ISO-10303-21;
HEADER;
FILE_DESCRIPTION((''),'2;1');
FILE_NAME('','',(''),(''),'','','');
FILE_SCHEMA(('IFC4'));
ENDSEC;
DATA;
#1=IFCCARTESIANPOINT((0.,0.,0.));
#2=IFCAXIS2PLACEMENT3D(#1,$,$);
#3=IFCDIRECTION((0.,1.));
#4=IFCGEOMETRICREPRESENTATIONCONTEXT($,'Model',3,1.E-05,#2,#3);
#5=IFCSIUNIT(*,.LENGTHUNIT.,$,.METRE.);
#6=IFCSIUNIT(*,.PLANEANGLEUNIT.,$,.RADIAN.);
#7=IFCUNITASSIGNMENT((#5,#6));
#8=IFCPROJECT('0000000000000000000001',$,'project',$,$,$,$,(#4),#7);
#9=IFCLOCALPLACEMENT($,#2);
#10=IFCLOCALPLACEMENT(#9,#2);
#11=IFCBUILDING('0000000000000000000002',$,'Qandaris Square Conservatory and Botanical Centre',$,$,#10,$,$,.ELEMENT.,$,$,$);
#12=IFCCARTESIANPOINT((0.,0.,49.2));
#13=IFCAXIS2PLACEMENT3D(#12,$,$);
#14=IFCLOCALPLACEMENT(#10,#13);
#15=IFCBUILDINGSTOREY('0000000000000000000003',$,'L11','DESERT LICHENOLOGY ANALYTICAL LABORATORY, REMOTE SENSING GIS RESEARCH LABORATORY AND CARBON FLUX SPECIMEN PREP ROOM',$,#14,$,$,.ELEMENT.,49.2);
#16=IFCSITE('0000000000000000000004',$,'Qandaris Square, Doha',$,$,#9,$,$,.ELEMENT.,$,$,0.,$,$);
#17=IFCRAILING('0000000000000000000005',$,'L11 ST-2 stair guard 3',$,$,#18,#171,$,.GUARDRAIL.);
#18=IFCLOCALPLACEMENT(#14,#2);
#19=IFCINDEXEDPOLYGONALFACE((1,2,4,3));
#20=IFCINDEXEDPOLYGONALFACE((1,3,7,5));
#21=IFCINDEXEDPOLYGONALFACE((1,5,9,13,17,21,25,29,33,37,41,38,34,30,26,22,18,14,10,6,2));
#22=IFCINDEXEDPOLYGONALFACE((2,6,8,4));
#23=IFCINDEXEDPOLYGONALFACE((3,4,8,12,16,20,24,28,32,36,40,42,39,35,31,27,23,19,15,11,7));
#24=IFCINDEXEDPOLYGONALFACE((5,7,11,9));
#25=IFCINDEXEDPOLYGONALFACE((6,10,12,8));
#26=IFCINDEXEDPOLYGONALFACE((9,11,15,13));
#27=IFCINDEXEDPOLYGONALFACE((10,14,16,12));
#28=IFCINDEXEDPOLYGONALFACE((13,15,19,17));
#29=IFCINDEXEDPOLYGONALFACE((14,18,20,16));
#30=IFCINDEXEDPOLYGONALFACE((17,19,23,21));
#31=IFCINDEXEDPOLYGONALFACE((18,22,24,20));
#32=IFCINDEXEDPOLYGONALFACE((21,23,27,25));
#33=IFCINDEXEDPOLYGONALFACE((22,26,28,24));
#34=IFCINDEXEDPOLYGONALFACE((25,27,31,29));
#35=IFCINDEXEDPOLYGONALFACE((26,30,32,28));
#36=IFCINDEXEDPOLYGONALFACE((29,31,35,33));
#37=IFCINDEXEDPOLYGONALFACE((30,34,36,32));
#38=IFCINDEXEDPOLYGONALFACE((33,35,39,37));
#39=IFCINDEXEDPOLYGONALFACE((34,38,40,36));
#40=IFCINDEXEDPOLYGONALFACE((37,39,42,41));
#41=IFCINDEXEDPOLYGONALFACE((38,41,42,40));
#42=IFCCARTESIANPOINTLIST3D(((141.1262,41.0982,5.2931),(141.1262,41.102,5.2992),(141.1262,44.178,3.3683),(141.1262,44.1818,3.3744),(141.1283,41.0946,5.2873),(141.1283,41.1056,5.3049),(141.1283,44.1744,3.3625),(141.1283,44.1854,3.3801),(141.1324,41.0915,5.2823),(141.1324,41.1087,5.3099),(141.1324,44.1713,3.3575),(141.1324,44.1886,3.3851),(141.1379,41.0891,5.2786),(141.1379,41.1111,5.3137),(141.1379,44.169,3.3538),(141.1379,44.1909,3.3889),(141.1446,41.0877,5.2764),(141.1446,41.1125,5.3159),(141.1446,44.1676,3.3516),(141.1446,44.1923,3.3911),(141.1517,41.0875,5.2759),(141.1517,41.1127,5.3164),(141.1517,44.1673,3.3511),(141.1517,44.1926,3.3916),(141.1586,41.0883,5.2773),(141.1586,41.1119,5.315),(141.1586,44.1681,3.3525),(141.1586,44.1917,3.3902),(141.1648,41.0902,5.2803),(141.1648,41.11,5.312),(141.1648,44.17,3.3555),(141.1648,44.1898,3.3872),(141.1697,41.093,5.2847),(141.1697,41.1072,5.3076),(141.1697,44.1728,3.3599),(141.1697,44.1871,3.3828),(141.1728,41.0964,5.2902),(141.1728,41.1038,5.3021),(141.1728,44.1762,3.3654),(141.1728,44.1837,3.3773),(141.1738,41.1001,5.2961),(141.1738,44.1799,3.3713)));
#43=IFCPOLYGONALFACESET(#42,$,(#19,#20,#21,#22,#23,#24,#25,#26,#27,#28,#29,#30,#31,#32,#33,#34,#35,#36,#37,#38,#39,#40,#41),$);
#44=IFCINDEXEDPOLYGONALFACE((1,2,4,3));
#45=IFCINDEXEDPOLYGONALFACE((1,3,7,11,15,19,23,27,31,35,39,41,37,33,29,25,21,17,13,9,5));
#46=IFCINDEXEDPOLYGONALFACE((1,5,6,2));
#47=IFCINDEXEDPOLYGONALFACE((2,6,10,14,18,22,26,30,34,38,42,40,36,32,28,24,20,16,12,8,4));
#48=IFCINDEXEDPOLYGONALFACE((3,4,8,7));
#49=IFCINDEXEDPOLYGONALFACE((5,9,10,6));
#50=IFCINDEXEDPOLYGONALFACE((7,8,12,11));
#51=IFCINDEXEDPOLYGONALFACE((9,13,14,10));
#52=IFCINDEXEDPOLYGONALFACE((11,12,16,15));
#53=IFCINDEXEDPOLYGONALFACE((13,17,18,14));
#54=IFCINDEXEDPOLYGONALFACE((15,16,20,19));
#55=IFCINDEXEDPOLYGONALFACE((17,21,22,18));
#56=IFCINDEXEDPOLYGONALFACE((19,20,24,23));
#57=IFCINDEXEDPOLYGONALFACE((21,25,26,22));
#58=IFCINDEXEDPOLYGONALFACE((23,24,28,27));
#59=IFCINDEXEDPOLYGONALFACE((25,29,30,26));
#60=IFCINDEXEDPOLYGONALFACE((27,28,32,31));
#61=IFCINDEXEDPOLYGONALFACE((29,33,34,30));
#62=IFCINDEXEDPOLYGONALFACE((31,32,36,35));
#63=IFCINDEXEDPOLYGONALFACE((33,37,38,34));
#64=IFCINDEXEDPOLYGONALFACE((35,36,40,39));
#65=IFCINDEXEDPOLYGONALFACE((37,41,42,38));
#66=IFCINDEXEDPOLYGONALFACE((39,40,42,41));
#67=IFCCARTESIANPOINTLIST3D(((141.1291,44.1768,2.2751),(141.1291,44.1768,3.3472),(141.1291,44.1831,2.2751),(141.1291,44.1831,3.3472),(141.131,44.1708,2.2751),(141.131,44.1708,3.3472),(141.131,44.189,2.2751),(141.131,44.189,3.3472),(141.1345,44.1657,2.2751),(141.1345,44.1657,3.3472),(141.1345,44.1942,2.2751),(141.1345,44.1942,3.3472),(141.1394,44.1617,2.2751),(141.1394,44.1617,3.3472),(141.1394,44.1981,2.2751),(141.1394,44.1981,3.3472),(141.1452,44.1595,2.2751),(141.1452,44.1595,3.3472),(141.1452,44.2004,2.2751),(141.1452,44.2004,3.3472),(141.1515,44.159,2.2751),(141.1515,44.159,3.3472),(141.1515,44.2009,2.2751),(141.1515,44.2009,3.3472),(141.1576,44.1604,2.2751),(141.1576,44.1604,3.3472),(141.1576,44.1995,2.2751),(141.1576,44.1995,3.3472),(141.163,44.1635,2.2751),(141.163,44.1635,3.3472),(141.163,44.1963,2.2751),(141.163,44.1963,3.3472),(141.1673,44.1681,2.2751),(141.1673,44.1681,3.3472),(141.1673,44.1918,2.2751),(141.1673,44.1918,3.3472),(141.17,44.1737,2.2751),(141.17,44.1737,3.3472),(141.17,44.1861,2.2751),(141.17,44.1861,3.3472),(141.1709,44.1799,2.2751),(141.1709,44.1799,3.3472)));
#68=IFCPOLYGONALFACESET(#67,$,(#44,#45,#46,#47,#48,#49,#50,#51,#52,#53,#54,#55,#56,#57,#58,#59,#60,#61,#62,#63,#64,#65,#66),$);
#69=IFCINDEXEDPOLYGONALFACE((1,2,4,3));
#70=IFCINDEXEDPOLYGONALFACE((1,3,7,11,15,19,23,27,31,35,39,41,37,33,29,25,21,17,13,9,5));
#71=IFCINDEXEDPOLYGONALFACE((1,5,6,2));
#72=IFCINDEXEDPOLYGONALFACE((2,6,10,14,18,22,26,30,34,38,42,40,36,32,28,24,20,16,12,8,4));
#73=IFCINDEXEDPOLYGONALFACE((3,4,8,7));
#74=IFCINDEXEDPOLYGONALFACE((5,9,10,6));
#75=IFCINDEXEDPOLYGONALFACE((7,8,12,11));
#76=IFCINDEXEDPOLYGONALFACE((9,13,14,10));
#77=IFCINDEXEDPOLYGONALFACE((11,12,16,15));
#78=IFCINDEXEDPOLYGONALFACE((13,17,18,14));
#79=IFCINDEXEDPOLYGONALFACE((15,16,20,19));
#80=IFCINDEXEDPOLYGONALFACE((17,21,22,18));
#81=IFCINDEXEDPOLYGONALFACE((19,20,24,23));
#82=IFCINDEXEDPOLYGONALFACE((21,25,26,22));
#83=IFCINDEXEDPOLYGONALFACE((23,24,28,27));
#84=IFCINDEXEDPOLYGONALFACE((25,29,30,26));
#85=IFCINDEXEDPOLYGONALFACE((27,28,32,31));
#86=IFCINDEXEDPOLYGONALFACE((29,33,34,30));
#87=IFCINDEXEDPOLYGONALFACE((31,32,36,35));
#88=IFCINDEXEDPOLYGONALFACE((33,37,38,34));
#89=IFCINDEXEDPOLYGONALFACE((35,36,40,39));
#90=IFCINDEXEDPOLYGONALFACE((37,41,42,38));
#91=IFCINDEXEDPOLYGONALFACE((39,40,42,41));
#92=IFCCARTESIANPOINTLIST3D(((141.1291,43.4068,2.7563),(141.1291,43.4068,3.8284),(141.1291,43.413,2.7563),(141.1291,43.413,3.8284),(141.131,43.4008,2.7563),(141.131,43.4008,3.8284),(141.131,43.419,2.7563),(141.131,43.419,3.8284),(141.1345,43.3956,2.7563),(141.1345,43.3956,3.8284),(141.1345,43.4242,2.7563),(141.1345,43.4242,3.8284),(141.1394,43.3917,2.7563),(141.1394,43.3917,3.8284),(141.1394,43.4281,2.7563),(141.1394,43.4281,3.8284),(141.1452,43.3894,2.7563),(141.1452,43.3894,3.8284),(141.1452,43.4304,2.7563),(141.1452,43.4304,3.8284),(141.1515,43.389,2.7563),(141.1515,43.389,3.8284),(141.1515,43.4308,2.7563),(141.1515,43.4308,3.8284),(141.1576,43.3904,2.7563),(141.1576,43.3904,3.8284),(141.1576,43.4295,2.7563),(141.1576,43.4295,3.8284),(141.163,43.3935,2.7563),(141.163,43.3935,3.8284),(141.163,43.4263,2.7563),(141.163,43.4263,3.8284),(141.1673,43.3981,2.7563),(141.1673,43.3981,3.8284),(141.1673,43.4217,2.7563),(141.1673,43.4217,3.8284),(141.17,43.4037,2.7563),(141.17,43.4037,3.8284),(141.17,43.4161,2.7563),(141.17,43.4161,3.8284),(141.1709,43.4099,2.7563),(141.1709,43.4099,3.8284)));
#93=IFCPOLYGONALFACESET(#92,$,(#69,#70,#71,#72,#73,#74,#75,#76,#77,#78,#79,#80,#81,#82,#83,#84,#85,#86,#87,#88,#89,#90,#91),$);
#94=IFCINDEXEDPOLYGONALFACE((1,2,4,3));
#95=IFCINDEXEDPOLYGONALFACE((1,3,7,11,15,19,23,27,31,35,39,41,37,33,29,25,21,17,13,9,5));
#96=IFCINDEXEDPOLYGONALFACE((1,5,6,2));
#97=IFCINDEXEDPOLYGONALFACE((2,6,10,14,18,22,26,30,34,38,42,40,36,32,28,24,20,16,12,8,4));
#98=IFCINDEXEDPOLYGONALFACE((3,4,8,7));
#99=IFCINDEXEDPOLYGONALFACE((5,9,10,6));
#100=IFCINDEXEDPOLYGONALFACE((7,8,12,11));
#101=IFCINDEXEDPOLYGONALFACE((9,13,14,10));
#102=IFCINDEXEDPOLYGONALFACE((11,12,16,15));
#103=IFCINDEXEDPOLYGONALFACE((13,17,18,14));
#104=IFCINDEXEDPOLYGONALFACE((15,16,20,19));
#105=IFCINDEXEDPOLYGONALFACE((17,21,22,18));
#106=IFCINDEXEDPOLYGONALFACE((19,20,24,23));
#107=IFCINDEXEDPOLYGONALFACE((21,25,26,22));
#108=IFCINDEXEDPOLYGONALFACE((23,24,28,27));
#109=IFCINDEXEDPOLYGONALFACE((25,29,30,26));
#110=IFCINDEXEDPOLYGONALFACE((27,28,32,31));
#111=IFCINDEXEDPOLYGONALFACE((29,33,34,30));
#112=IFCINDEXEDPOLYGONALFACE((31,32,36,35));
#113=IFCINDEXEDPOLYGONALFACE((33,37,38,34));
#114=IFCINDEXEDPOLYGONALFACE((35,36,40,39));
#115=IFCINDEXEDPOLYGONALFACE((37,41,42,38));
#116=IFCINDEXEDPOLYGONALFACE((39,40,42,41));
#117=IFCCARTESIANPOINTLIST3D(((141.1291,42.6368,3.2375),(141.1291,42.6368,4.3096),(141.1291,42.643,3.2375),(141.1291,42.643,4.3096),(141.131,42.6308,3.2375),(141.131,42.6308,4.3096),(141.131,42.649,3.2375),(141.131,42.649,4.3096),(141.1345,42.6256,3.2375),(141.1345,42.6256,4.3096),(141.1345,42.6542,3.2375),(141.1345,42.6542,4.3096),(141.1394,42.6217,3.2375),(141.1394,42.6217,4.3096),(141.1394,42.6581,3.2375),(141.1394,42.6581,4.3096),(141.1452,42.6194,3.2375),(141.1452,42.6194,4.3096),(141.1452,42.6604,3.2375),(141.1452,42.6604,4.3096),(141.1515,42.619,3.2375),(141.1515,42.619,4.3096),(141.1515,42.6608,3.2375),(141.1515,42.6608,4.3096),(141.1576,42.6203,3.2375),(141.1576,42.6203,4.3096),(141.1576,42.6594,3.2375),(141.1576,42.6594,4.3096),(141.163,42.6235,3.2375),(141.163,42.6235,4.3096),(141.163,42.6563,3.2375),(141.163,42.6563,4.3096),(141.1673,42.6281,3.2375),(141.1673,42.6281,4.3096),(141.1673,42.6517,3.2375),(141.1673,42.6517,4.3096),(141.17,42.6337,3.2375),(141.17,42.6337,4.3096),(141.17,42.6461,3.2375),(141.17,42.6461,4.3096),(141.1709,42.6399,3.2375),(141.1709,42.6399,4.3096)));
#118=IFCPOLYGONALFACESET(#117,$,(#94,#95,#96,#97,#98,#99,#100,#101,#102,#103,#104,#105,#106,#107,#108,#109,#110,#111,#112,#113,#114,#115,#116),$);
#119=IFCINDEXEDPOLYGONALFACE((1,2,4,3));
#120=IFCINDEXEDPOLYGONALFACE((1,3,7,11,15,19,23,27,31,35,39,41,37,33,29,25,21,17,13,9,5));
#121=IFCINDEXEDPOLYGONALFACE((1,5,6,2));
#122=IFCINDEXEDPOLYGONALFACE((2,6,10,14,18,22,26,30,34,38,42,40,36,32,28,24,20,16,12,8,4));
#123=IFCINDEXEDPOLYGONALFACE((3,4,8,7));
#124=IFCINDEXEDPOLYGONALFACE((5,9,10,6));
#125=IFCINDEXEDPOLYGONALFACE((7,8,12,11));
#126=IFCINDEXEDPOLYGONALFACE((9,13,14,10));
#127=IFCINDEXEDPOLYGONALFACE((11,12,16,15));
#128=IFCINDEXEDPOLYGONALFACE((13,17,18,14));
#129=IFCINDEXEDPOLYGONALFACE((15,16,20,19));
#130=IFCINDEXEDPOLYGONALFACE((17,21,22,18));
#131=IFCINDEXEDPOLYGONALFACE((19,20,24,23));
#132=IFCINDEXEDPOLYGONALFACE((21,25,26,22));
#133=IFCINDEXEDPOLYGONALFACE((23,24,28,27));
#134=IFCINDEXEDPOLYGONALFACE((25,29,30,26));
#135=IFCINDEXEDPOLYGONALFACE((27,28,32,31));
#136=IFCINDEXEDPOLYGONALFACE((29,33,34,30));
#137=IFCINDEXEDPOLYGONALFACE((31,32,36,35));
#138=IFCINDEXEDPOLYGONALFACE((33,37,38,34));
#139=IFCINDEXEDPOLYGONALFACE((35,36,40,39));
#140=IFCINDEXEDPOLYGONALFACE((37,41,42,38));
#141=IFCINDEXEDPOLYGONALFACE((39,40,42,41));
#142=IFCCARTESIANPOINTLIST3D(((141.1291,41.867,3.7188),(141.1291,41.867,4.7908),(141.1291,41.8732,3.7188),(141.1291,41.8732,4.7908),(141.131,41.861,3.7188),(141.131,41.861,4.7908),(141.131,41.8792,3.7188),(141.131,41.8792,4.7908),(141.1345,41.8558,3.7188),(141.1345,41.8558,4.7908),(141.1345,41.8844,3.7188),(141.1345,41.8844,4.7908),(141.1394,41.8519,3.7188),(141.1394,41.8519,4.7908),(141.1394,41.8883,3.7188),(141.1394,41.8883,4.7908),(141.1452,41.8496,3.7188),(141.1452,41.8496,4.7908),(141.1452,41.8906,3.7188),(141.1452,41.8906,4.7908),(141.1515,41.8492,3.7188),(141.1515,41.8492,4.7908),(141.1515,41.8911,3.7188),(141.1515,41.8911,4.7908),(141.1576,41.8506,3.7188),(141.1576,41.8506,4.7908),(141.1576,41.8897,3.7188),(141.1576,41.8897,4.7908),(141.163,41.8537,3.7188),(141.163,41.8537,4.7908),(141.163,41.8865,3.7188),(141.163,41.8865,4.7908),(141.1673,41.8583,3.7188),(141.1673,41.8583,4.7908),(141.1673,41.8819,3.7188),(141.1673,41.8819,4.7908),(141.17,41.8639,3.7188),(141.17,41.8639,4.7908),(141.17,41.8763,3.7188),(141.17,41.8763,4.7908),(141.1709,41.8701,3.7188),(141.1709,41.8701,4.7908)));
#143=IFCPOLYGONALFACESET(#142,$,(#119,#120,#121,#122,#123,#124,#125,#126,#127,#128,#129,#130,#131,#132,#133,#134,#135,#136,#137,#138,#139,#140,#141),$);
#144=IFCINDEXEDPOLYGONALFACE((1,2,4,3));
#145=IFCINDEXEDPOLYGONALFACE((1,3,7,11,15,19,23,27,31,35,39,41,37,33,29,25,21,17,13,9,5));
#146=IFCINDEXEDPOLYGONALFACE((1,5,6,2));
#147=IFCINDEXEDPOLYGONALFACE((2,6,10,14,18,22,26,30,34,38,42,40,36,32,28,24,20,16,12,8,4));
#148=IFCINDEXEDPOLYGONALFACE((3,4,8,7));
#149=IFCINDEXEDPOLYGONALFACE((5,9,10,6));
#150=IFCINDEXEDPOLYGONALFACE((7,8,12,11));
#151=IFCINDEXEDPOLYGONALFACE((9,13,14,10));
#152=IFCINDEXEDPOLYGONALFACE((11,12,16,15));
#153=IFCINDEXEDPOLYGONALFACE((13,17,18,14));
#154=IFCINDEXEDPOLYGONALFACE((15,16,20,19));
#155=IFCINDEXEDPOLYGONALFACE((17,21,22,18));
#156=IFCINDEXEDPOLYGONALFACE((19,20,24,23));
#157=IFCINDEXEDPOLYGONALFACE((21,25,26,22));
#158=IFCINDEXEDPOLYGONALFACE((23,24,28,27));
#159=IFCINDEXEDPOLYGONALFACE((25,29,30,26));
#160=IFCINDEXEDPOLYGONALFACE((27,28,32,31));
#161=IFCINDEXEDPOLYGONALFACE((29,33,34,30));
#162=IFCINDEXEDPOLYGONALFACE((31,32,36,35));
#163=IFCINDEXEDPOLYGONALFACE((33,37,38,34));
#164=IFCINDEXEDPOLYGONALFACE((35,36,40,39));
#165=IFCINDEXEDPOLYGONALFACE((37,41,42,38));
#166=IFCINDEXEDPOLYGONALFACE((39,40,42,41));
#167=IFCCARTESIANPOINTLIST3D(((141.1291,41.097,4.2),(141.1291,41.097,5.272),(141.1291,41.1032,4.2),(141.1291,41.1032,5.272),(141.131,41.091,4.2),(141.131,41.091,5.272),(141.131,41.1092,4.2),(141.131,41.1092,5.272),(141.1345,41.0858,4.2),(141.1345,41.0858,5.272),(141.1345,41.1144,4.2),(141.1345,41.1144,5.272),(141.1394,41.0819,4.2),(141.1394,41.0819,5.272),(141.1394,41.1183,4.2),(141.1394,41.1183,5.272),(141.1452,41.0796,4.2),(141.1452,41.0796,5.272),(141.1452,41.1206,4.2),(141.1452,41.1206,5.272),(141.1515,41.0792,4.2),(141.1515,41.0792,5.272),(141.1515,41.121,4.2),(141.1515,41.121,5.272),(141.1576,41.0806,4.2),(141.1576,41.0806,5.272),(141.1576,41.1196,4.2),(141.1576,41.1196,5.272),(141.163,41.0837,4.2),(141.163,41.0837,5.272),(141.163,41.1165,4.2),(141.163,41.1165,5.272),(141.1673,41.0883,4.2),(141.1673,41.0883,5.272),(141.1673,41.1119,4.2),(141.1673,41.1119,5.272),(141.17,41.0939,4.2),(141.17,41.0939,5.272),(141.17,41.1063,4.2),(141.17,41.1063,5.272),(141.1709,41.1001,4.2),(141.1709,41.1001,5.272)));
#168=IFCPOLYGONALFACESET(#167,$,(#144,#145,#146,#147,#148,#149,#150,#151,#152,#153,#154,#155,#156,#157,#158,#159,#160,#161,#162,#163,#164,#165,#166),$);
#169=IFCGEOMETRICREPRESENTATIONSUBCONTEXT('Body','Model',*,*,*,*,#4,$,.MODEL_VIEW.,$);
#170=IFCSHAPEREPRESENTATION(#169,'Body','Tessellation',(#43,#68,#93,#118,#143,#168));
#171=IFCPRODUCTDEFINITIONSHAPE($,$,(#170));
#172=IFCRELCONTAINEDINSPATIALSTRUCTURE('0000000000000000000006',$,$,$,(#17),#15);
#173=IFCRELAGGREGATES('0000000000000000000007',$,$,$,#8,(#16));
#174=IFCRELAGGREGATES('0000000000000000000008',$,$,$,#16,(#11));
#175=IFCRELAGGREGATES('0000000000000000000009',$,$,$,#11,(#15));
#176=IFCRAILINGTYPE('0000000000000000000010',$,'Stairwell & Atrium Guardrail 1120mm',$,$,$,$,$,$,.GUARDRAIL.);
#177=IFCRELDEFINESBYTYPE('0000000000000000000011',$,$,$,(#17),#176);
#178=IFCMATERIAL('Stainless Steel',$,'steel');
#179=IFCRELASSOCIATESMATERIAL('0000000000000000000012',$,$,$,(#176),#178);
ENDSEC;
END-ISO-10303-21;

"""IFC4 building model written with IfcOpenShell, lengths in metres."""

from ifc_helpers import new_model, si_unit, direction, frame, origin, origin_2d, place, context, subcontext, project, spatial, circle, extrude, material, type_object, element, save


model = new_model("IFC4")

# Units and contexts
model_context = context("Model", 3, precision=1e-05, world=origin(), true_north=direction((0.0, 1.0)))
body_context = subcontext(model_context, "Body", "Model", "MODEL_VIEW")
ifc_project = project(units=[si_unit("LENGTHUNIT", "METRE"), si_unit("PLANEANGLEUNIT", "RADIAN")], contexts=[model_context])

# Site, building, storey
site_placement = place(None, origin())
site = spatial("IfcSite", under=ifc_project, at=site_placement, Name="Qandaris Square, Doha", CompositionType="ELEMENT", RefElevation=0.0)
building_placement = place(site_placement, origin())
building = spatial("IfcBuilding", under=site, at=building_placement, Name="Qandaris Square Conservatory and Botanical Centre", CompositionType="ELEMENT")
storey_placement = place(building_placement, frame((0.0, 0.0, 49.2)))
storey = spatial("IfcBuildingStorey", under=building, at=storey_placement, Name="L11", Description="DESERT LICHENOLOGY ANALYTICAL LABORATORY, REMOTE SENSING GIS RESEARCH LABORATORY AND CARBON FLUX SPECIMEN PREP ROOM", CompositionType="ELEMENT", Elevation=49.2)

# Railing
ifc_material_1 = material(Name="Stainless Steel", Category="steel")
railing_type_1 = type_object("IfcRailingType", Name="Stairwell & Atrium Guardrail 1120mm", PredefinedType="GUARDRAIL", material=ifc_material_1)
railing_1_placement = place(storey_placement, frame((141.1499, 44.1799, 2.2751)))
element("IfcRailing", 1, at=railing_1_placement, inside=storey, type_object=railing_type_1, Name="L11 ST-2 stair guard 3", PredefinedType="GUARDRAIL", context=body_context, shape_type="SweptSolid", body=[
    extrude(circle(Radius=0.0239, at=origin_2d()), frame((0.0, 0.0, 1.0962), z_axis=(0.0, -0.84801, 0.529981), x_axis=(1.0, 0.0, 0.0)), (0.0, 0.0, 1.0), 3.6318),
    extrude(circle(Radius=0.021, at=origin_2d()), origin(), (0.0, 0.0, 1.0), 1.072),
    extrude(circle(Radius=0.021, at=origin_2d()), frame((0.0, -0.77, 0.4812)), (0.0, 0.0, 1.0), 1.072),
    extrude(circle(Radius=0.021, at=origin_2d()), frame((0.0, -1.54, 0.9624)), (0.0, 0.0, 1.0), 1.072),
    extrude(circle(Radius=0.021, at=origin_2d()), frame((0.0, -2.3098, 1.4436)), (0.0, 0.0, 1.0), 1.072),
    extrude(circle(Radius=0.021, at=origin_2d()), frame((0.0, -3.0798, 1.9248)), (0.0, 0.0, 1.0), 1.072),
])

save(model, "model.ifc")
